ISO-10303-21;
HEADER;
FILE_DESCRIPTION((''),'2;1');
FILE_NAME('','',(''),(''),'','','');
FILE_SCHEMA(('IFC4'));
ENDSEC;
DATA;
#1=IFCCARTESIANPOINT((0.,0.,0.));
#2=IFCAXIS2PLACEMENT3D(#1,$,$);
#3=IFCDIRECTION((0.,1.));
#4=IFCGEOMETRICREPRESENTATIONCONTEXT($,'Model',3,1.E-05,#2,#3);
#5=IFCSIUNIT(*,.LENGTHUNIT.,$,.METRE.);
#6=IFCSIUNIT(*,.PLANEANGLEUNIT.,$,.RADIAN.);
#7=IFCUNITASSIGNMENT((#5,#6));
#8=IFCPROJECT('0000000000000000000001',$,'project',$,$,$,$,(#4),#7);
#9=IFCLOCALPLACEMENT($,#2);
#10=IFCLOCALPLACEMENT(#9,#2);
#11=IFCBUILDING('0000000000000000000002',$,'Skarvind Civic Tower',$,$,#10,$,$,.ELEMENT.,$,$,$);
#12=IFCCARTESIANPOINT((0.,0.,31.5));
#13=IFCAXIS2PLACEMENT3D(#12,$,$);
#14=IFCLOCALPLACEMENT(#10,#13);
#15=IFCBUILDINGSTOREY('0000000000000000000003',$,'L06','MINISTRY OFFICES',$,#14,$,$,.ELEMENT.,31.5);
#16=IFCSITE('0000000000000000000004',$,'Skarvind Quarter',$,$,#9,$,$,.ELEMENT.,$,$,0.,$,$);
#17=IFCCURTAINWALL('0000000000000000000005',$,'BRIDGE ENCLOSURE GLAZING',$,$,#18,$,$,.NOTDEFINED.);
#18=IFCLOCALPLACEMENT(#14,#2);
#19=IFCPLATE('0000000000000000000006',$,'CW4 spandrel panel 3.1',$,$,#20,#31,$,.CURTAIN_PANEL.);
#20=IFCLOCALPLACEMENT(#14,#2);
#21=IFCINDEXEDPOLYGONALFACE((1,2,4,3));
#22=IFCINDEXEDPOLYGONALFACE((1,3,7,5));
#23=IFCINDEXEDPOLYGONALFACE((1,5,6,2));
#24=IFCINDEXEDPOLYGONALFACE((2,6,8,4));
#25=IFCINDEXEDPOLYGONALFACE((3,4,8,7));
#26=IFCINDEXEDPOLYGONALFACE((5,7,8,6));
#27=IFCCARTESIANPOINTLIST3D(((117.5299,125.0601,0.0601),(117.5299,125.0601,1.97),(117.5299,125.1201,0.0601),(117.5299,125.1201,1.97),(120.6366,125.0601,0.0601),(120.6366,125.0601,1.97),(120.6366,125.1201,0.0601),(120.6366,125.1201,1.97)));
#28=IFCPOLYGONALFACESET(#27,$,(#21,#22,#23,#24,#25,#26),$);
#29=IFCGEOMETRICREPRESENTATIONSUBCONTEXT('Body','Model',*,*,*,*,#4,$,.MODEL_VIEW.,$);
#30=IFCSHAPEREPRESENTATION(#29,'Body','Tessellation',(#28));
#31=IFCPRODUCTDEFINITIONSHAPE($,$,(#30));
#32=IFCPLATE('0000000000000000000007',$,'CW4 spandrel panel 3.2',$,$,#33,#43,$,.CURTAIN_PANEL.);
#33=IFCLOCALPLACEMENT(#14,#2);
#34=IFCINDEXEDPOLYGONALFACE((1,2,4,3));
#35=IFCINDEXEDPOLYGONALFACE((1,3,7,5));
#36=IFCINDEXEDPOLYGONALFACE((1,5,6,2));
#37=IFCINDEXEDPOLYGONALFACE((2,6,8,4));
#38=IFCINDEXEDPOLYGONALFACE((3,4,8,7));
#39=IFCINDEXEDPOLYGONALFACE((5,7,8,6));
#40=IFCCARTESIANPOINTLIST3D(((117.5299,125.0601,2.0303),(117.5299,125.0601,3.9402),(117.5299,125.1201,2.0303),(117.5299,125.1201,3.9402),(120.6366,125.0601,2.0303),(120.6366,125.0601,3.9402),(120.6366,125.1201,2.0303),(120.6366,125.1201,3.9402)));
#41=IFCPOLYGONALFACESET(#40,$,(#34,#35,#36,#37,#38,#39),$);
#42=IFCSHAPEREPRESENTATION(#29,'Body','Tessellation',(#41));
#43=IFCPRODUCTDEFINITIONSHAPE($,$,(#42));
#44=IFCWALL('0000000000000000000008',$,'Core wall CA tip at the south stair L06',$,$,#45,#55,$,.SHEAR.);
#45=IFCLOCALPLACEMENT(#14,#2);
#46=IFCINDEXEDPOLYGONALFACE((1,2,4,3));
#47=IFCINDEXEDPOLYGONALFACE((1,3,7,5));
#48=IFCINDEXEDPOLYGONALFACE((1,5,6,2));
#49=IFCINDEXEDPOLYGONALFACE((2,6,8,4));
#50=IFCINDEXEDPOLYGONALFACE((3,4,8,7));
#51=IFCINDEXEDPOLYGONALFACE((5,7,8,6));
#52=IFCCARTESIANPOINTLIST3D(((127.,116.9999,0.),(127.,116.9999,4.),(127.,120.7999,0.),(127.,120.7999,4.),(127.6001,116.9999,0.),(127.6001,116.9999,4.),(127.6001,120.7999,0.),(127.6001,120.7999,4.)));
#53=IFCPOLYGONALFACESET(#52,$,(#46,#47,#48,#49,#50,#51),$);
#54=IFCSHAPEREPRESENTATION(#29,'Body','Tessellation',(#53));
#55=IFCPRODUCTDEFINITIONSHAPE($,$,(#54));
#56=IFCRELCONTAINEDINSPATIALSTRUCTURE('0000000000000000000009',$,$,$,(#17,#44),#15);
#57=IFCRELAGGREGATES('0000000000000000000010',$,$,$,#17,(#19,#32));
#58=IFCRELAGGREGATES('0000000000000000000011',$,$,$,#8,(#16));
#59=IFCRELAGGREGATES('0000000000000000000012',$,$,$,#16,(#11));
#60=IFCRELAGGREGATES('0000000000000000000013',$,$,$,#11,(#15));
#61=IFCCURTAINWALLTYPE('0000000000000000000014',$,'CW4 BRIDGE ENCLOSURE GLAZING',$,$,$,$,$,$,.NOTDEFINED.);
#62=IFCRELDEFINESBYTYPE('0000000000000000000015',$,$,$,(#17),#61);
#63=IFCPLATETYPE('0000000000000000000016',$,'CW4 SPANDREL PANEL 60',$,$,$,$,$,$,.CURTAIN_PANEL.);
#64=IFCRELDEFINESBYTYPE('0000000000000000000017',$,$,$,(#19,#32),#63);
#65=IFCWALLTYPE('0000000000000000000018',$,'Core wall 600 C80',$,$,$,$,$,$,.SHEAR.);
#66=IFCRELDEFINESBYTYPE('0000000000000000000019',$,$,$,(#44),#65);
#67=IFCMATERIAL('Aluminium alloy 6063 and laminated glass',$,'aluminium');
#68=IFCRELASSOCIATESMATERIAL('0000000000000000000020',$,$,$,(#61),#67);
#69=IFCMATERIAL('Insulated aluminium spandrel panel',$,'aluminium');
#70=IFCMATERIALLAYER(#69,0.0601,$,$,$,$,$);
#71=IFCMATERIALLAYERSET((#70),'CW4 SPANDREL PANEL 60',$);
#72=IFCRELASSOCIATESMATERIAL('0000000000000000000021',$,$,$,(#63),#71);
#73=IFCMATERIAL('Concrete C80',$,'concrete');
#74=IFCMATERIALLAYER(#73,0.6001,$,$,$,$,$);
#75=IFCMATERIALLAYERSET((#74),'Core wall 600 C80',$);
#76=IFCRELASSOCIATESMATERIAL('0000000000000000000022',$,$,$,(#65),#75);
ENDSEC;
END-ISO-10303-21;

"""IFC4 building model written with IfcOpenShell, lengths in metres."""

from ifc_helpers import new_model, si_unit, direction, frame, frame_2d, origin, origin_2d, place, context, subcontext, project, spatial, rectangle, extrude, material, layer, layer_set, type_object, element, aggregate, save


model = new_model("IFC4")

# Units and contexts
model_context = context("Model", 3, precision=1e-05, world=origin(), true_north=direction((0.0, 1.0)))
body_context = subcontext(model_context, "Body", "Model", "MODEL_VIEW")
ifc_project = project(units=[si_unit("LENGTHUNIT", "METRE"), si_unit("PLANEANGLEUNIT", "RADIAN")], contexts=[model_context])

# Site, building, storey
site_placement = place(None, origin())
site = spatial("IfcSite", under=ifc_project, at=site_placement, Name="Skarvind Quarter", CompositionType="ELEMENT", RefElevation=0.0)
building_placement = place(site_placement, origin())
building = spatial("IfcBuilding", under=site, at=building_placement, Name="Skarvind Civic Tower", CompositionType="ELEMENT")
storey_placement = place(building_placement, frame((0.0, 0.0, 31.5)))
storey = spatial("IfcBuildingStorey", under=building, at=storey_placement, Name="L06", Description="MINISTRY OFFICES", CompositionType="ELEMENT", Elevation=31.5)

# Curtain wall, plates
ifc_material_1 = material(Name="Aluminium alloy 6063 and laminated glass", Category="aluminium")
curtain_wall_type = type_object("IfcCurtainWallType", Name="CW4 BRIDGE ENCLOSURE GLAZING", PredefinedType="NOTDEFINED", material=ifc_material_1)
curtain_wall_placement = place(storey_placement, origin())
curtain_wall = element("IfcCurtainWall", 1, at=curtain_wall_placement, inside=storey, type_object=curtain_wall_type, Name="BRIDGE ENCLOSURE GLAZING", PredefinedType="NOTDEFINED")
ifc_material_2 = material(Name="Insulated aluminium spandrel panel", Category="aluminium")
ifc_layer_1 = layer(ifc_material_2, 0.0601)
ifc_layer_set_1 = layer_set([ifc_layer_1], Name="CW4 SPANDREL PANEL 60")
plate_type = type_object("IfcPlateType", Name="CW4 SPANDREL PANEL 60", PredefinedType="CURTAIN_PANEL", material=ifc_layer_set_1)
plate_1_placement = place(storey_placement, frame((119.0833, 125.0901, 0.0601), z_axis=(0.0, 0.0, 1.0), x_axis=(-1.0, 0.0, 0.0)))
plate_1 = element("IfcPlate", 2, at=plate_1_placement, type_object=plate_type, Name="CW4 spandrel panel 3.1", PredefinedType="CURTAIN_PANEL", context=body_context, shape_type="SweptSolid", body=[
    extrude(rectangle(XDim=3.1067, YDim=0.0601, at=origin_2d()), origin(), (0.0, 0.0, 1.0), 1.9099),
])
plate_2_placement = place(storey_placement, frame((119.0833, 125.0901, 2.0303), z_axis=(0.0, 0.0, 1.0), x_axis=(-1.0, 0.0, 0.0)))
plate_2 = element("IfcPlate", 3, at=plate_2_placement, type_object=plate_type, Name="CW4 spandrel panel 3.2", PredefinedType="CURTAIN_PANEL", context=body_context, shape_type="SweptSolid", body=[
    extrude(rectangle(XDim=3.1067, YDim=0.0601, at=origin_2d()), origin(), (0.0, 0.0, 1.0), 1.9099),
])
aggregate(curtain_wall, [plate_1, plate_2])

# Wall
ifc_material_3 = material(Name="Concrete C80", Category="concrete")
ifc_layer_2 = layer(ifc_material_3, 0.6001)
ifc_layer_set_2 = layer_set([ifc_layer_2], Name="Core wall 600 C80")
wall_type = type_object("IfcWallType", Name="Core wall 600 C80", PredefinedType="SHEAR", material=ifc_layer_set_2)
wall_placement = place(storey_placement, frame((127.3, 117.0, 0.0), z_axis=(0.0, 0.0, 1.0), x_axis=(0.0, 1.0, 0.0)))
element("IfcWall", 4, at=wall_placement, inside=storey, type_object=wall_type, Name="Core wall CA tip at the south stair L06", PredefinedType="SHEAR", context=body_context, shape_type="SweptSolid", body=[
    extrude(rectangle(XDim=3.8, YDim=0.6001, at=frame_2d((1.8999, 0.0))), origin(), (0.0, 0.0, 1.0), 4.0),
])

save(model, "model.ifc")
